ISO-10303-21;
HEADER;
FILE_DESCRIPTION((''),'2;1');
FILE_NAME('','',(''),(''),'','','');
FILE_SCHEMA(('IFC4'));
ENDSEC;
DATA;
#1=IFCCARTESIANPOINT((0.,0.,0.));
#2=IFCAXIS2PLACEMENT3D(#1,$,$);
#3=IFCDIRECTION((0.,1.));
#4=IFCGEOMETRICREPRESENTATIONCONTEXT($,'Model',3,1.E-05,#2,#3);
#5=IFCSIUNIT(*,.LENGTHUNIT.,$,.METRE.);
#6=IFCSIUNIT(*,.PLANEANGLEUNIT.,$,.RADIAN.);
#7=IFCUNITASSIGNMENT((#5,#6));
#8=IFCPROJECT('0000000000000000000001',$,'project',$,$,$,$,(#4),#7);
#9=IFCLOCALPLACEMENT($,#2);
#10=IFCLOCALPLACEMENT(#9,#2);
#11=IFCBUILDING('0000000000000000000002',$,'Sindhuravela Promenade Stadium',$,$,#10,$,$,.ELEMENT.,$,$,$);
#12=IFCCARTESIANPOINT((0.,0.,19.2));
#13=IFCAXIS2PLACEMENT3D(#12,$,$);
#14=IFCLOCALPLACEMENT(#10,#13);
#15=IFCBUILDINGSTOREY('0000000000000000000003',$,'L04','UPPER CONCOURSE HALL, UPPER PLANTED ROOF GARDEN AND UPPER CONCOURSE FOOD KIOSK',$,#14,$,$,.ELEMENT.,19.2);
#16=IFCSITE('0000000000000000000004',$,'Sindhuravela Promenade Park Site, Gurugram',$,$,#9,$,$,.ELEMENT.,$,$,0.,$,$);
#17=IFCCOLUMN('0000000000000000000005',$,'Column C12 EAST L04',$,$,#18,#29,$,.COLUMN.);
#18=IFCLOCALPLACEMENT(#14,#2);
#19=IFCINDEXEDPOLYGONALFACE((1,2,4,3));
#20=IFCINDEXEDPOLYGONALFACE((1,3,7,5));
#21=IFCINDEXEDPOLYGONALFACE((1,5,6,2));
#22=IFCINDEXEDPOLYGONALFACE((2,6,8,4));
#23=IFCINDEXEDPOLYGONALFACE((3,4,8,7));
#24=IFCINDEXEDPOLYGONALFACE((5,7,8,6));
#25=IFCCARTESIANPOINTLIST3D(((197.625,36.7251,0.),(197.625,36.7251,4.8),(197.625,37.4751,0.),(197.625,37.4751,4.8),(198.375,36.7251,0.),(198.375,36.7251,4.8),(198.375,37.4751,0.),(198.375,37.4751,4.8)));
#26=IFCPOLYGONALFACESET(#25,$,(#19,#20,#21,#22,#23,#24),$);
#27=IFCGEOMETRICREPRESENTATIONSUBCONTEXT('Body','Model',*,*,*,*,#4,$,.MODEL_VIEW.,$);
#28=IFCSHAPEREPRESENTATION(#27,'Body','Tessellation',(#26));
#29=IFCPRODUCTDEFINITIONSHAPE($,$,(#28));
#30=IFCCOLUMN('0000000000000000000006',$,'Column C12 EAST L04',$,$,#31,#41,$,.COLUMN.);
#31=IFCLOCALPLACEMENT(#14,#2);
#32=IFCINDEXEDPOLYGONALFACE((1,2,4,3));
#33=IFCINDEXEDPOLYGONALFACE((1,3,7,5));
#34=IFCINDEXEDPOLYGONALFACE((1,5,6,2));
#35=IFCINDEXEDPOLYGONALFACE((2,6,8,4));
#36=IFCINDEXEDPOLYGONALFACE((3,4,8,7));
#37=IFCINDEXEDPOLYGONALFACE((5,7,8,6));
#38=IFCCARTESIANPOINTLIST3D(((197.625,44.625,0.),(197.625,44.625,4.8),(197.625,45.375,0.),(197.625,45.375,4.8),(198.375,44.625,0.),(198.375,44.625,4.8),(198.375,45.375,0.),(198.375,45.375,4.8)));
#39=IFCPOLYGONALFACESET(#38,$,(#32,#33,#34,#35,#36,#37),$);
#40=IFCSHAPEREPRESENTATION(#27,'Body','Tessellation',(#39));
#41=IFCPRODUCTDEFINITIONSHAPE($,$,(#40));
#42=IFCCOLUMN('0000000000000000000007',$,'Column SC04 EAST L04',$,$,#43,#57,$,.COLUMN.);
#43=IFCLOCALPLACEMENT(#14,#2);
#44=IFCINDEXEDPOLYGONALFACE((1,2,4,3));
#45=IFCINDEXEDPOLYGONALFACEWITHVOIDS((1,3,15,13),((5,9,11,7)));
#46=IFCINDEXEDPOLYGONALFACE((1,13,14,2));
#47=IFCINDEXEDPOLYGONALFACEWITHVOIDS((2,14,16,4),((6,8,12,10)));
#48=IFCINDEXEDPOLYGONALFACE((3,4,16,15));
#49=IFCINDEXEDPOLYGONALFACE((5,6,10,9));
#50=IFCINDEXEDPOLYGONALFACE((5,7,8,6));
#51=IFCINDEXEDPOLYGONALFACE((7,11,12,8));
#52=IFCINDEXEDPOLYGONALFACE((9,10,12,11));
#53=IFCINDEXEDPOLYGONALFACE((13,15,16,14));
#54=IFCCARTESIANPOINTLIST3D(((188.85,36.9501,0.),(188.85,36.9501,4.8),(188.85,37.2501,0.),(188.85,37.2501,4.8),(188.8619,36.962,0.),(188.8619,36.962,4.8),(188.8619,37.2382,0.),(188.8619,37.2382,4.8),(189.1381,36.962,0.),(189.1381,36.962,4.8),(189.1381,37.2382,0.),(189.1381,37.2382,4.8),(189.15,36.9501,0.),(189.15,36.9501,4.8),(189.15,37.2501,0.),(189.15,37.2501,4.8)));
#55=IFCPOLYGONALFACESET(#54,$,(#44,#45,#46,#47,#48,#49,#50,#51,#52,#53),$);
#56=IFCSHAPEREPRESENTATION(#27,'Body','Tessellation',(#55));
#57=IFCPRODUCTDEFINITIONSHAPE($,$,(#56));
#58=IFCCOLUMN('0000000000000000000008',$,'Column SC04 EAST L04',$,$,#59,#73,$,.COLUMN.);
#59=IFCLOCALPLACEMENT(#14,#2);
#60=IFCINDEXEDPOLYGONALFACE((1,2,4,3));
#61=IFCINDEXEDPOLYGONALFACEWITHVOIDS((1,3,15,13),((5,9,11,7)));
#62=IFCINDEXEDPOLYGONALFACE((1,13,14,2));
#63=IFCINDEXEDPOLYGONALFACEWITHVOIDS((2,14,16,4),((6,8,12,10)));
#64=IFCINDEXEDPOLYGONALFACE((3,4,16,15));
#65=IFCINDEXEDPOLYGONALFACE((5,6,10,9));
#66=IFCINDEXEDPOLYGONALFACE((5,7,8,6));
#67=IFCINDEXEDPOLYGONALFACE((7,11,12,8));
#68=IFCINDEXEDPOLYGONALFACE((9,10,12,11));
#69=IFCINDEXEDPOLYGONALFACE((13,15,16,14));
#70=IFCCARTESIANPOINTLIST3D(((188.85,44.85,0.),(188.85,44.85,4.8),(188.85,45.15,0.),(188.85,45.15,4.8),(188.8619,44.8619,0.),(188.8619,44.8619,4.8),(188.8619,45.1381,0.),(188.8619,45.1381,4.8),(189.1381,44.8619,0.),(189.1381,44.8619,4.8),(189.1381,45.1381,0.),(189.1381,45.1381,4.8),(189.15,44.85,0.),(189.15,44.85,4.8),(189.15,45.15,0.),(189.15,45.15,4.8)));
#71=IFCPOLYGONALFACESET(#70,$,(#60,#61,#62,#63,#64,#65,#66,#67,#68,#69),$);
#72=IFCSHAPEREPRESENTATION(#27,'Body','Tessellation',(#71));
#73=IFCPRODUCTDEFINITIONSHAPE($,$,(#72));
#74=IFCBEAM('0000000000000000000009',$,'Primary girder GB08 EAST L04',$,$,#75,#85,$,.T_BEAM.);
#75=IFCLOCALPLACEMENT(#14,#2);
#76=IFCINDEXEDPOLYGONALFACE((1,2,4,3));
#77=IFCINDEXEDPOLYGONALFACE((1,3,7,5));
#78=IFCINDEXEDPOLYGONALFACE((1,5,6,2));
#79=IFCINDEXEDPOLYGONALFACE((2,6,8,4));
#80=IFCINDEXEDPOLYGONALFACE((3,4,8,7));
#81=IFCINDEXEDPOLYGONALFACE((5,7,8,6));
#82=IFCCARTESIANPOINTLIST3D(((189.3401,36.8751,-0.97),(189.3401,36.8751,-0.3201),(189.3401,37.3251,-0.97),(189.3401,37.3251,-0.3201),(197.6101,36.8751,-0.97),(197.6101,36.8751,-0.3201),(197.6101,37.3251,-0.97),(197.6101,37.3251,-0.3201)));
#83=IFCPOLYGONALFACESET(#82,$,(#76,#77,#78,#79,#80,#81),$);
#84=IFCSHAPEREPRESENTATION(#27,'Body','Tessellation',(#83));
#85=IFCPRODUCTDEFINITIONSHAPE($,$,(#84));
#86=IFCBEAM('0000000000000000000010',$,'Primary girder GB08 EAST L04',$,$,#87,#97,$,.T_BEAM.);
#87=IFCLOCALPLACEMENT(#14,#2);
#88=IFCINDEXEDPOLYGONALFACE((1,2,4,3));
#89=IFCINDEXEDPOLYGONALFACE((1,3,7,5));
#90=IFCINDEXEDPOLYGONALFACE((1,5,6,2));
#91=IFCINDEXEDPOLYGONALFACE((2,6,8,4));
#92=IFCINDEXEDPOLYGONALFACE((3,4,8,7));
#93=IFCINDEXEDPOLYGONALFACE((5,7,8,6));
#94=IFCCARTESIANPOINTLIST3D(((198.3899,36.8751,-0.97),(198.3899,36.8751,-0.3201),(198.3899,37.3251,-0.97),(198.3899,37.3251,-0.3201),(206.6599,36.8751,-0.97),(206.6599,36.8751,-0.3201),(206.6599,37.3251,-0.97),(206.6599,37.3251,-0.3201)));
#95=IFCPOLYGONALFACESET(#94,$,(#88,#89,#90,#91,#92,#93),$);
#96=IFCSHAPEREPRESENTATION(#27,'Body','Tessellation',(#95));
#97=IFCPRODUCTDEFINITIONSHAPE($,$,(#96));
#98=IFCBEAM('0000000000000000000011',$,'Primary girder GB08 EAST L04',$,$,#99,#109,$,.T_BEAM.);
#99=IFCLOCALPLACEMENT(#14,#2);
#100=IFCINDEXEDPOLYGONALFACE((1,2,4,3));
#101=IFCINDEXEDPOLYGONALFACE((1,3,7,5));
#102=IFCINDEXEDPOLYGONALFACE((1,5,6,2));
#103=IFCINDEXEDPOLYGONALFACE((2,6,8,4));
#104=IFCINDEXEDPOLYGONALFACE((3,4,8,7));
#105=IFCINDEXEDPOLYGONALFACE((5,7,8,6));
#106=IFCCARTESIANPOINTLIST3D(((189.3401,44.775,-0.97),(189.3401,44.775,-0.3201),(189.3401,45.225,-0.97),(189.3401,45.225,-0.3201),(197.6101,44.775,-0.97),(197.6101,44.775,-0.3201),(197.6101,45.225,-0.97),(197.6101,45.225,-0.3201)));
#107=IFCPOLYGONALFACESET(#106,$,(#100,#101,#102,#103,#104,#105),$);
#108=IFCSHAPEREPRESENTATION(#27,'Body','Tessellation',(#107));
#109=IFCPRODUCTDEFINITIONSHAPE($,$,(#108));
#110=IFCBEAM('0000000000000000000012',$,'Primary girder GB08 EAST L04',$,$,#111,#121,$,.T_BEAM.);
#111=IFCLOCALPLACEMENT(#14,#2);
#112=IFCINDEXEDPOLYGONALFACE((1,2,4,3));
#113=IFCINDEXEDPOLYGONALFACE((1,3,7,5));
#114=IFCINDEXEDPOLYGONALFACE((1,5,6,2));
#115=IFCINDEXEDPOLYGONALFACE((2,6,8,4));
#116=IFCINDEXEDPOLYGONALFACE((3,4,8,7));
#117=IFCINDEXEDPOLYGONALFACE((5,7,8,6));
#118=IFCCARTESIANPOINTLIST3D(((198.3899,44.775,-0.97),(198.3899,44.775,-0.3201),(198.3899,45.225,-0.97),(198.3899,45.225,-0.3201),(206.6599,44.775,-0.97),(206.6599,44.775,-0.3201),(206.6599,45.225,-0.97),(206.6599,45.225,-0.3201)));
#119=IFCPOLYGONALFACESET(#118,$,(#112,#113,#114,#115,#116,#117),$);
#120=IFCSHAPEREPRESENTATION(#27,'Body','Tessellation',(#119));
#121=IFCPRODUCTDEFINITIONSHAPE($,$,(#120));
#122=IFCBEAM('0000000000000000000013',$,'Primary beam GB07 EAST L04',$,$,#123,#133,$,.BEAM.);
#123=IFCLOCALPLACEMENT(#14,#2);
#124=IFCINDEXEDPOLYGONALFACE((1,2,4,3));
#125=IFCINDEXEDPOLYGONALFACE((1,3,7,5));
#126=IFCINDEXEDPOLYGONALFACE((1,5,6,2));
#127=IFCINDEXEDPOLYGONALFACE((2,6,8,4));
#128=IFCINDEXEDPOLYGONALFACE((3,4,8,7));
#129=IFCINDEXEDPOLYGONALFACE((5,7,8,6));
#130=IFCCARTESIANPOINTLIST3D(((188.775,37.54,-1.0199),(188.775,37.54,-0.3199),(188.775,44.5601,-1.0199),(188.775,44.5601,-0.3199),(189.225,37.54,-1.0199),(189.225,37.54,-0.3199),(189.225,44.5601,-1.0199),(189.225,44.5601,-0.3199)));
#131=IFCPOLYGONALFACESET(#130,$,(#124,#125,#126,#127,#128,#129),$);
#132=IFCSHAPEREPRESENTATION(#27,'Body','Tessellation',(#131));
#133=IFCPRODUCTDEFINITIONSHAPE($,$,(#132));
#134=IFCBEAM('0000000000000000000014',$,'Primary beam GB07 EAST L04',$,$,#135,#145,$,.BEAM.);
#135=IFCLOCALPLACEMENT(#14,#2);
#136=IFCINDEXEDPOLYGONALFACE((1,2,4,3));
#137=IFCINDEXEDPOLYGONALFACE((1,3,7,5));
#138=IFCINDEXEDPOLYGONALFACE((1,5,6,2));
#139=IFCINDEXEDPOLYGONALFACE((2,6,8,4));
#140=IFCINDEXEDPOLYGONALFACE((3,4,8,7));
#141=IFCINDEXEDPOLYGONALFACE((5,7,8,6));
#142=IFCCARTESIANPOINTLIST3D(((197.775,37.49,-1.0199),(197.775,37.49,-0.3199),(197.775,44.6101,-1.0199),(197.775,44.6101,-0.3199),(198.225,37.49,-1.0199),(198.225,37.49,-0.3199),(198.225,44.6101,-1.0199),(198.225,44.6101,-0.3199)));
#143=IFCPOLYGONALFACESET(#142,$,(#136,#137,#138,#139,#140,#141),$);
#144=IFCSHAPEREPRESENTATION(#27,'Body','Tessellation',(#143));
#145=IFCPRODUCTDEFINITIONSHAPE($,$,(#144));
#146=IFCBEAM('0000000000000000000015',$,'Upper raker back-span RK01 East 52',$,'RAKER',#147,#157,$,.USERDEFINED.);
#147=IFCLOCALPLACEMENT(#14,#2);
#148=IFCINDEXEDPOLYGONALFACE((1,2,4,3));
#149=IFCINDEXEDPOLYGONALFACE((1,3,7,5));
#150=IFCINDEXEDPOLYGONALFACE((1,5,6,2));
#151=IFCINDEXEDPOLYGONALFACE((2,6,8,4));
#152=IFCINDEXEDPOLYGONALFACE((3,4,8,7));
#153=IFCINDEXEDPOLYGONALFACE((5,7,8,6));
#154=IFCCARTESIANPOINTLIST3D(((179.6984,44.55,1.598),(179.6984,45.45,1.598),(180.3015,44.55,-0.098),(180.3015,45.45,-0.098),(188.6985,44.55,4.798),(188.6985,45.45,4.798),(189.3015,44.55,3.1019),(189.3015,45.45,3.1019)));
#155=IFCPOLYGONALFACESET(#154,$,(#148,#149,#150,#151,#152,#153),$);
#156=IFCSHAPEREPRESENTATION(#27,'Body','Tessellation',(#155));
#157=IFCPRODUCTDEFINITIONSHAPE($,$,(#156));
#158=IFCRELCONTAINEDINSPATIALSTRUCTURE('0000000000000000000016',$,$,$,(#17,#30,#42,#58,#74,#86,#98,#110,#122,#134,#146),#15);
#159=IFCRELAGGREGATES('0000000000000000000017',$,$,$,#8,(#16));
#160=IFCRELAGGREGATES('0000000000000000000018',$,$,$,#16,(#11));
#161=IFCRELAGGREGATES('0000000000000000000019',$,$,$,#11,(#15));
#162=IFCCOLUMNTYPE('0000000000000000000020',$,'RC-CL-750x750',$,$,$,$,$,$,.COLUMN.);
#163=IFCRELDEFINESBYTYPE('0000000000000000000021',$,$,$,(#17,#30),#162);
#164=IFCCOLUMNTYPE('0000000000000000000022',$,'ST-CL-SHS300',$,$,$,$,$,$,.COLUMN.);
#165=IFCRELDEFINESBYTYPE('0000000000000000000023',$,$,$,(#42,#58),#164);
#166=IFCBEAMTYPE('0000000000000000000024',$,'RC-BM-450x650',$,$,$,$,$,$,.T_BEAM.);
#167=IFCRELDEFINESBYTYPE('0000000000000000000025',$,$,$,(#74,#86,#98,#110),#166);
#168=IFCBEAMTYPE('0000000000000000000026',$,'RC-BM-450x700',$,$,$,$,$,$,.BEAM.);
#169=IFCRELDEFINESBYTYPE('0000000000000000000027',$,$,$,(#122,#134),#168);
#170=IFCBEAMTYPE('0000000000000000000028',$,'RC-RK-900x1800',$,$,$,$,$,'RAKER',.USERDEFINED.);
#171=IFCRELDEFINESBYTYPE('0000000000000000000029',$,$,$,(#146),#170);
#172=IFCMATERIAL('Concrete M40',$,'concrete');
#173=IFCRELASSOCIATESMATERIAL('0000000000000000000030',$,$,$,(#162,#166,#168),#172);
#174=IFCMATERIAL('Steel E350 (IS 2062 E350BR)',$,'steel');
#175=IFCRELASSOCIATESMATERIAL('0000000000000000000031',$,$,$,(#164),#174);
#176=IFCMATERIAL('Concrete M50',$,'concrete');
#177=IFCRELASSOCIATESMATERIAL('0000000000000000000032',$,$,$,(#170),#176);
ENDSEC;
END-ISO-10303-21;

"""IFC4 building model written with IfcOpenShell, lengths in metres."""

from ifc_helpers import new_model, si_unit, direction, frame, origin, origin_2d, place, context, subcontext, project, spatial, rectangle, hollow_rectangle, extrude, material, material_profile, profile_set, type_object, element, save


model = new_model("IFC4")

# Units and contexts
model_context = context("Model", 3, precision=1e-05, world=origin(), true_north=direction((0.0, 1.0)))
body_context = subcontext(model_context, "Body", "Model", "MODEL_VIEW")
ifc_project = project(units=[si_unit("LENGTHUNIT", "METRE"), si_unit("PLANEANGLEUNIT", "RADIAN")], contexts=[model_context])

# Site, building, storey
site_placement = place(None, origin())
site = spatial("IfcSite", under=ifc_project, at=site_placement, Name="Sindhuravela Promenade Park Site, Gurugram", CompositionType="ELEMENT", RefElevation=0.0)
building_placement = place(site_placement, origin())
building = spatial("IfcBuilding", under=site, at=building_placement, Name="Sindhuravela Promenade Stadium", CompositionType="ELEMENT")
storey_placement = place(building_placement, frame((0.0, 0.0, 19.2)))
storey = spatial("IfcBuildingStorey", under=building, at=storey_placement, Name="L04", Description="UPPER CONCOURSE HALL, UPPER PLANTED ROOF GARDEN AND UPPER CONCOURSE FOOD KIOSK", CompositionType="ELEMENT", Elevation=19.2)

# Columns
ifc_material_1 = material(Name="Concrete M40", Category="concrete")
ifc_material_profile_1 = material_profile(ifc_material_1, rectangle(XDim=0.75, YDim=0.75, at=origin_2d()), Name="RC 750x750")
ifc_profile_set_1 = profile_set([ifc_material_profile_1], Name="Concrete M40")
column_type_1 = type_object("IfcColumnType", Name="RC-CL-750x750", PredefinedType="COLUMN", material=ifc_profile_set_1)
for number, where, z_axis, x_axis, name in (
    (1, (198.0, 37.1001, 0.0), (0.0, 0.0, 1.0), (1.0, 0.0, 0.0), "Column C12 EAST L04"),
    (2, (198.0, 45.0, 0.0), (0.0, 0.0, 1.0), (1.0, 0.0, 0.0), "Column C12 EAST L04"),
):
    element("IfcColumn", number, at=place(storey_placement, frame(where, z_axis=z_axis, x_axis=x_axis)), inside=storey, type_object=column_type_1, Name=name, PredefinedType="COLUMN", context=body_context, shape_type="SweptSolid", body=[
        extrude(rectangle(XDim=0.75, YDim=0.75, at=origin_2d()), origin(), (0.0, 0.0, 1.0), 4.8),
    ])
ifc_material_2 = material(Name="Steel E350 (IS 2062 E350BR)", Category="steel")
ifc_material_profile_2 = material_profile(ifc_material_2, hollow_rectangle(XDim=0.3, YDim=0.3, WallThickness=0.012, at=origin_2d()), Name="SHS 300x300x12")
ifc_profile_set_2 = profile_set([ifc_material_profile_2], Name="Steel E350 (IS 2062 E350BR)")
column_type_2 = type_object("IfcColumnType", Name="ST-CL-SHS300", PredefinedType="COLUMN", material=ifc_profile_set_2)
for number, where, z_axis, x_axis, name in (
    (3, (189.0, 37.1001, 0.0), (0.0, 0.0, 1.0), (1.0, 0.0, 0.0), "Column SC04 EAST L04"),
    (4, (189.0, 45.0, 0.0), (0.0, 0.0, 1.0), (1.0, 0.0, 0.0), "Column SC04 EAST L04"),
):
    element("IfcColumn", number, at=place(storey_placement, frame(where, z_axis=z_axis, x_axis=x_axis)), inside=storey, type_object=column_type_2, Name=name, PredefinedType="COLUMN", context=body_context, shape_type="SweptSolid", body=[
        extrude(hollow_rectangle(XDim=0.3, YDim=0.3, WallThickness=0.012, at=origin_2d()), origin(), (0.0, 0.0, 1.0), 4.8),
    ])

# Beams
ifc_material_profile_3 = material_profile(ifc_material_1, rectangle(XDim=0.45, YDim=0.6499, at=origin_2d()), Name="RC 450x650")
ifc_profile_set_3 = profile_set([ifc_material_profile_3], Name="Concrete M40")
beam_type_1 = type_object("IfcBeamType", Name="RC-BM-450x650", PredefinedType="T_BEAM", material=ifc_profile_set_3)
for number, where, z_axis, x_axis, name in (
    (5, (189.3401, 37.1001, -0.645), (1.0, 0.0, 0.0), (0.0, 1.0, 0.0), "Primary girder GB08 EAST L04"),
    (6, (198.3899, 37.1001, -0.645), (1.0, 0.0, 0.0), (0.0, 1.0, 0.0), "Primary girder GB08 EAST L04"),
    (7, (189.3401, 45.0, -0.645), (1.0, 0.0, 0.0), (0.0, 1.0, 0.0), "Primary girder GB08 EAST L04"),
    (8, (198.3899, 45.0, -0.645), (1.0, 0.0, 0.0), (0.0, 1.0, 0.0), "Primary girder GB08 EAST L04"),
):
    element("IfcBeam", number, at=place(storey_placement, frame(where, z_axis=z_axis, x_axis=x_axis)), inside=storey, type_object=beam_type_1, Name=name, PredefinedType="T_BEAM", context=body_context, shape_type="SweptSolid", body=[
        extrude(rectangle(XDim=0.45, YDim=0.6499, at=origin_2d()), origin(), (0.0, 0.0, 1.0), 8.27),
    ])
ifc_material_profile_4 = material_profile(ifc_material_1, rectangle(XDim=0.45, YDim=0.7, at=origin_2d()), Name="RC 450x700")
ifc_profile_set_4 = profile_set([ifc_material_profile_4], Name="Concrete M40")
beam_type_2 = type_object("IfcBeamType", Name="RC-BM-450x700", PredefinedType="BEAM", material=ifc_profile_set_4)
beam_1_placement = place(storey_placement, frame((189.0, 37.54, -0.6699), z_axis=(0.0, 1.0, 0.0), x_axis=(-1.0, 0.0, 0.0)))
element("IfcBeam", 9, at=beam_1_placement, inside=storey, type_object=beam_type_2, Name="Primary beam GB07 EAST L04", PredefinedType="BEAM", context=body_context, shape_type="SweptSolid", body=[
    extrude(rectangle(XDim=0.45, YDim=0.7, at=origin_2d()), origin(), (0.0, 0.0, 1.0), 7.02),
])
beam_2_placement = place(storey_placement, frame((198.0, 37.49, -0.6699), z_axis=(0.0, 1.0, 0.0), x_axis=(-1.0, 0.0, 0.0)))
element("IfcBeam", 10, at=beam_2_placement, inside=storey, type_object=beam_type_2, Name="Primary beam GB07 EAST L04", PredefinedType="BEAM", context=body_context, shape_type="SweptSolid", body=[
    extrude(rectangle(XDim=0.45, YDim=0.7, at=origin_2d()), origin(), (0.0, 0.0, 1.0), 7.1201),
])
ifc_material_3 = material(Name="Concrete M50", Category="concrete")
ifc_material_profile_5 = material_profile(ifc_material_3, rectangle(XDim=0.8999, YDim=1.8, at=origin_2d()), Name="RC 900x1800")
ifc_profile_set_5 = profile_set([ifc_material_profile_5], Name="Concrete M50")
beam_type_3 = type_object("IfcBeamType", Name="RC-RK-900x1800", ElementType="RAKER", PredefinedType="USERDEFINED", material=ifc_profile_set_5)
beam_3_placement = place(storey_placement, frame((189.0, 45.0, 3.95), z_axis=(-0.942216, 0.0, -0.335005), x_axis=(0.0, -1.0, 0.0)))
element("IfcBeam", 11, at=beam_3_placement, inside=storey, type_object=beam_type_3, Name="Upper raker back-span RK01 East 52", ObjectType="RAKER", PredefinedType="USERDEFINED", context=body_context, shape_type="SweptSolid", body=[
    extrude(rectangle(XDim=0.8999, YDim=1.8, at=origin_2d()), origin(), (0.0, 0.0, 1.0), 9.552),
])

save(model, "model.ifc")
